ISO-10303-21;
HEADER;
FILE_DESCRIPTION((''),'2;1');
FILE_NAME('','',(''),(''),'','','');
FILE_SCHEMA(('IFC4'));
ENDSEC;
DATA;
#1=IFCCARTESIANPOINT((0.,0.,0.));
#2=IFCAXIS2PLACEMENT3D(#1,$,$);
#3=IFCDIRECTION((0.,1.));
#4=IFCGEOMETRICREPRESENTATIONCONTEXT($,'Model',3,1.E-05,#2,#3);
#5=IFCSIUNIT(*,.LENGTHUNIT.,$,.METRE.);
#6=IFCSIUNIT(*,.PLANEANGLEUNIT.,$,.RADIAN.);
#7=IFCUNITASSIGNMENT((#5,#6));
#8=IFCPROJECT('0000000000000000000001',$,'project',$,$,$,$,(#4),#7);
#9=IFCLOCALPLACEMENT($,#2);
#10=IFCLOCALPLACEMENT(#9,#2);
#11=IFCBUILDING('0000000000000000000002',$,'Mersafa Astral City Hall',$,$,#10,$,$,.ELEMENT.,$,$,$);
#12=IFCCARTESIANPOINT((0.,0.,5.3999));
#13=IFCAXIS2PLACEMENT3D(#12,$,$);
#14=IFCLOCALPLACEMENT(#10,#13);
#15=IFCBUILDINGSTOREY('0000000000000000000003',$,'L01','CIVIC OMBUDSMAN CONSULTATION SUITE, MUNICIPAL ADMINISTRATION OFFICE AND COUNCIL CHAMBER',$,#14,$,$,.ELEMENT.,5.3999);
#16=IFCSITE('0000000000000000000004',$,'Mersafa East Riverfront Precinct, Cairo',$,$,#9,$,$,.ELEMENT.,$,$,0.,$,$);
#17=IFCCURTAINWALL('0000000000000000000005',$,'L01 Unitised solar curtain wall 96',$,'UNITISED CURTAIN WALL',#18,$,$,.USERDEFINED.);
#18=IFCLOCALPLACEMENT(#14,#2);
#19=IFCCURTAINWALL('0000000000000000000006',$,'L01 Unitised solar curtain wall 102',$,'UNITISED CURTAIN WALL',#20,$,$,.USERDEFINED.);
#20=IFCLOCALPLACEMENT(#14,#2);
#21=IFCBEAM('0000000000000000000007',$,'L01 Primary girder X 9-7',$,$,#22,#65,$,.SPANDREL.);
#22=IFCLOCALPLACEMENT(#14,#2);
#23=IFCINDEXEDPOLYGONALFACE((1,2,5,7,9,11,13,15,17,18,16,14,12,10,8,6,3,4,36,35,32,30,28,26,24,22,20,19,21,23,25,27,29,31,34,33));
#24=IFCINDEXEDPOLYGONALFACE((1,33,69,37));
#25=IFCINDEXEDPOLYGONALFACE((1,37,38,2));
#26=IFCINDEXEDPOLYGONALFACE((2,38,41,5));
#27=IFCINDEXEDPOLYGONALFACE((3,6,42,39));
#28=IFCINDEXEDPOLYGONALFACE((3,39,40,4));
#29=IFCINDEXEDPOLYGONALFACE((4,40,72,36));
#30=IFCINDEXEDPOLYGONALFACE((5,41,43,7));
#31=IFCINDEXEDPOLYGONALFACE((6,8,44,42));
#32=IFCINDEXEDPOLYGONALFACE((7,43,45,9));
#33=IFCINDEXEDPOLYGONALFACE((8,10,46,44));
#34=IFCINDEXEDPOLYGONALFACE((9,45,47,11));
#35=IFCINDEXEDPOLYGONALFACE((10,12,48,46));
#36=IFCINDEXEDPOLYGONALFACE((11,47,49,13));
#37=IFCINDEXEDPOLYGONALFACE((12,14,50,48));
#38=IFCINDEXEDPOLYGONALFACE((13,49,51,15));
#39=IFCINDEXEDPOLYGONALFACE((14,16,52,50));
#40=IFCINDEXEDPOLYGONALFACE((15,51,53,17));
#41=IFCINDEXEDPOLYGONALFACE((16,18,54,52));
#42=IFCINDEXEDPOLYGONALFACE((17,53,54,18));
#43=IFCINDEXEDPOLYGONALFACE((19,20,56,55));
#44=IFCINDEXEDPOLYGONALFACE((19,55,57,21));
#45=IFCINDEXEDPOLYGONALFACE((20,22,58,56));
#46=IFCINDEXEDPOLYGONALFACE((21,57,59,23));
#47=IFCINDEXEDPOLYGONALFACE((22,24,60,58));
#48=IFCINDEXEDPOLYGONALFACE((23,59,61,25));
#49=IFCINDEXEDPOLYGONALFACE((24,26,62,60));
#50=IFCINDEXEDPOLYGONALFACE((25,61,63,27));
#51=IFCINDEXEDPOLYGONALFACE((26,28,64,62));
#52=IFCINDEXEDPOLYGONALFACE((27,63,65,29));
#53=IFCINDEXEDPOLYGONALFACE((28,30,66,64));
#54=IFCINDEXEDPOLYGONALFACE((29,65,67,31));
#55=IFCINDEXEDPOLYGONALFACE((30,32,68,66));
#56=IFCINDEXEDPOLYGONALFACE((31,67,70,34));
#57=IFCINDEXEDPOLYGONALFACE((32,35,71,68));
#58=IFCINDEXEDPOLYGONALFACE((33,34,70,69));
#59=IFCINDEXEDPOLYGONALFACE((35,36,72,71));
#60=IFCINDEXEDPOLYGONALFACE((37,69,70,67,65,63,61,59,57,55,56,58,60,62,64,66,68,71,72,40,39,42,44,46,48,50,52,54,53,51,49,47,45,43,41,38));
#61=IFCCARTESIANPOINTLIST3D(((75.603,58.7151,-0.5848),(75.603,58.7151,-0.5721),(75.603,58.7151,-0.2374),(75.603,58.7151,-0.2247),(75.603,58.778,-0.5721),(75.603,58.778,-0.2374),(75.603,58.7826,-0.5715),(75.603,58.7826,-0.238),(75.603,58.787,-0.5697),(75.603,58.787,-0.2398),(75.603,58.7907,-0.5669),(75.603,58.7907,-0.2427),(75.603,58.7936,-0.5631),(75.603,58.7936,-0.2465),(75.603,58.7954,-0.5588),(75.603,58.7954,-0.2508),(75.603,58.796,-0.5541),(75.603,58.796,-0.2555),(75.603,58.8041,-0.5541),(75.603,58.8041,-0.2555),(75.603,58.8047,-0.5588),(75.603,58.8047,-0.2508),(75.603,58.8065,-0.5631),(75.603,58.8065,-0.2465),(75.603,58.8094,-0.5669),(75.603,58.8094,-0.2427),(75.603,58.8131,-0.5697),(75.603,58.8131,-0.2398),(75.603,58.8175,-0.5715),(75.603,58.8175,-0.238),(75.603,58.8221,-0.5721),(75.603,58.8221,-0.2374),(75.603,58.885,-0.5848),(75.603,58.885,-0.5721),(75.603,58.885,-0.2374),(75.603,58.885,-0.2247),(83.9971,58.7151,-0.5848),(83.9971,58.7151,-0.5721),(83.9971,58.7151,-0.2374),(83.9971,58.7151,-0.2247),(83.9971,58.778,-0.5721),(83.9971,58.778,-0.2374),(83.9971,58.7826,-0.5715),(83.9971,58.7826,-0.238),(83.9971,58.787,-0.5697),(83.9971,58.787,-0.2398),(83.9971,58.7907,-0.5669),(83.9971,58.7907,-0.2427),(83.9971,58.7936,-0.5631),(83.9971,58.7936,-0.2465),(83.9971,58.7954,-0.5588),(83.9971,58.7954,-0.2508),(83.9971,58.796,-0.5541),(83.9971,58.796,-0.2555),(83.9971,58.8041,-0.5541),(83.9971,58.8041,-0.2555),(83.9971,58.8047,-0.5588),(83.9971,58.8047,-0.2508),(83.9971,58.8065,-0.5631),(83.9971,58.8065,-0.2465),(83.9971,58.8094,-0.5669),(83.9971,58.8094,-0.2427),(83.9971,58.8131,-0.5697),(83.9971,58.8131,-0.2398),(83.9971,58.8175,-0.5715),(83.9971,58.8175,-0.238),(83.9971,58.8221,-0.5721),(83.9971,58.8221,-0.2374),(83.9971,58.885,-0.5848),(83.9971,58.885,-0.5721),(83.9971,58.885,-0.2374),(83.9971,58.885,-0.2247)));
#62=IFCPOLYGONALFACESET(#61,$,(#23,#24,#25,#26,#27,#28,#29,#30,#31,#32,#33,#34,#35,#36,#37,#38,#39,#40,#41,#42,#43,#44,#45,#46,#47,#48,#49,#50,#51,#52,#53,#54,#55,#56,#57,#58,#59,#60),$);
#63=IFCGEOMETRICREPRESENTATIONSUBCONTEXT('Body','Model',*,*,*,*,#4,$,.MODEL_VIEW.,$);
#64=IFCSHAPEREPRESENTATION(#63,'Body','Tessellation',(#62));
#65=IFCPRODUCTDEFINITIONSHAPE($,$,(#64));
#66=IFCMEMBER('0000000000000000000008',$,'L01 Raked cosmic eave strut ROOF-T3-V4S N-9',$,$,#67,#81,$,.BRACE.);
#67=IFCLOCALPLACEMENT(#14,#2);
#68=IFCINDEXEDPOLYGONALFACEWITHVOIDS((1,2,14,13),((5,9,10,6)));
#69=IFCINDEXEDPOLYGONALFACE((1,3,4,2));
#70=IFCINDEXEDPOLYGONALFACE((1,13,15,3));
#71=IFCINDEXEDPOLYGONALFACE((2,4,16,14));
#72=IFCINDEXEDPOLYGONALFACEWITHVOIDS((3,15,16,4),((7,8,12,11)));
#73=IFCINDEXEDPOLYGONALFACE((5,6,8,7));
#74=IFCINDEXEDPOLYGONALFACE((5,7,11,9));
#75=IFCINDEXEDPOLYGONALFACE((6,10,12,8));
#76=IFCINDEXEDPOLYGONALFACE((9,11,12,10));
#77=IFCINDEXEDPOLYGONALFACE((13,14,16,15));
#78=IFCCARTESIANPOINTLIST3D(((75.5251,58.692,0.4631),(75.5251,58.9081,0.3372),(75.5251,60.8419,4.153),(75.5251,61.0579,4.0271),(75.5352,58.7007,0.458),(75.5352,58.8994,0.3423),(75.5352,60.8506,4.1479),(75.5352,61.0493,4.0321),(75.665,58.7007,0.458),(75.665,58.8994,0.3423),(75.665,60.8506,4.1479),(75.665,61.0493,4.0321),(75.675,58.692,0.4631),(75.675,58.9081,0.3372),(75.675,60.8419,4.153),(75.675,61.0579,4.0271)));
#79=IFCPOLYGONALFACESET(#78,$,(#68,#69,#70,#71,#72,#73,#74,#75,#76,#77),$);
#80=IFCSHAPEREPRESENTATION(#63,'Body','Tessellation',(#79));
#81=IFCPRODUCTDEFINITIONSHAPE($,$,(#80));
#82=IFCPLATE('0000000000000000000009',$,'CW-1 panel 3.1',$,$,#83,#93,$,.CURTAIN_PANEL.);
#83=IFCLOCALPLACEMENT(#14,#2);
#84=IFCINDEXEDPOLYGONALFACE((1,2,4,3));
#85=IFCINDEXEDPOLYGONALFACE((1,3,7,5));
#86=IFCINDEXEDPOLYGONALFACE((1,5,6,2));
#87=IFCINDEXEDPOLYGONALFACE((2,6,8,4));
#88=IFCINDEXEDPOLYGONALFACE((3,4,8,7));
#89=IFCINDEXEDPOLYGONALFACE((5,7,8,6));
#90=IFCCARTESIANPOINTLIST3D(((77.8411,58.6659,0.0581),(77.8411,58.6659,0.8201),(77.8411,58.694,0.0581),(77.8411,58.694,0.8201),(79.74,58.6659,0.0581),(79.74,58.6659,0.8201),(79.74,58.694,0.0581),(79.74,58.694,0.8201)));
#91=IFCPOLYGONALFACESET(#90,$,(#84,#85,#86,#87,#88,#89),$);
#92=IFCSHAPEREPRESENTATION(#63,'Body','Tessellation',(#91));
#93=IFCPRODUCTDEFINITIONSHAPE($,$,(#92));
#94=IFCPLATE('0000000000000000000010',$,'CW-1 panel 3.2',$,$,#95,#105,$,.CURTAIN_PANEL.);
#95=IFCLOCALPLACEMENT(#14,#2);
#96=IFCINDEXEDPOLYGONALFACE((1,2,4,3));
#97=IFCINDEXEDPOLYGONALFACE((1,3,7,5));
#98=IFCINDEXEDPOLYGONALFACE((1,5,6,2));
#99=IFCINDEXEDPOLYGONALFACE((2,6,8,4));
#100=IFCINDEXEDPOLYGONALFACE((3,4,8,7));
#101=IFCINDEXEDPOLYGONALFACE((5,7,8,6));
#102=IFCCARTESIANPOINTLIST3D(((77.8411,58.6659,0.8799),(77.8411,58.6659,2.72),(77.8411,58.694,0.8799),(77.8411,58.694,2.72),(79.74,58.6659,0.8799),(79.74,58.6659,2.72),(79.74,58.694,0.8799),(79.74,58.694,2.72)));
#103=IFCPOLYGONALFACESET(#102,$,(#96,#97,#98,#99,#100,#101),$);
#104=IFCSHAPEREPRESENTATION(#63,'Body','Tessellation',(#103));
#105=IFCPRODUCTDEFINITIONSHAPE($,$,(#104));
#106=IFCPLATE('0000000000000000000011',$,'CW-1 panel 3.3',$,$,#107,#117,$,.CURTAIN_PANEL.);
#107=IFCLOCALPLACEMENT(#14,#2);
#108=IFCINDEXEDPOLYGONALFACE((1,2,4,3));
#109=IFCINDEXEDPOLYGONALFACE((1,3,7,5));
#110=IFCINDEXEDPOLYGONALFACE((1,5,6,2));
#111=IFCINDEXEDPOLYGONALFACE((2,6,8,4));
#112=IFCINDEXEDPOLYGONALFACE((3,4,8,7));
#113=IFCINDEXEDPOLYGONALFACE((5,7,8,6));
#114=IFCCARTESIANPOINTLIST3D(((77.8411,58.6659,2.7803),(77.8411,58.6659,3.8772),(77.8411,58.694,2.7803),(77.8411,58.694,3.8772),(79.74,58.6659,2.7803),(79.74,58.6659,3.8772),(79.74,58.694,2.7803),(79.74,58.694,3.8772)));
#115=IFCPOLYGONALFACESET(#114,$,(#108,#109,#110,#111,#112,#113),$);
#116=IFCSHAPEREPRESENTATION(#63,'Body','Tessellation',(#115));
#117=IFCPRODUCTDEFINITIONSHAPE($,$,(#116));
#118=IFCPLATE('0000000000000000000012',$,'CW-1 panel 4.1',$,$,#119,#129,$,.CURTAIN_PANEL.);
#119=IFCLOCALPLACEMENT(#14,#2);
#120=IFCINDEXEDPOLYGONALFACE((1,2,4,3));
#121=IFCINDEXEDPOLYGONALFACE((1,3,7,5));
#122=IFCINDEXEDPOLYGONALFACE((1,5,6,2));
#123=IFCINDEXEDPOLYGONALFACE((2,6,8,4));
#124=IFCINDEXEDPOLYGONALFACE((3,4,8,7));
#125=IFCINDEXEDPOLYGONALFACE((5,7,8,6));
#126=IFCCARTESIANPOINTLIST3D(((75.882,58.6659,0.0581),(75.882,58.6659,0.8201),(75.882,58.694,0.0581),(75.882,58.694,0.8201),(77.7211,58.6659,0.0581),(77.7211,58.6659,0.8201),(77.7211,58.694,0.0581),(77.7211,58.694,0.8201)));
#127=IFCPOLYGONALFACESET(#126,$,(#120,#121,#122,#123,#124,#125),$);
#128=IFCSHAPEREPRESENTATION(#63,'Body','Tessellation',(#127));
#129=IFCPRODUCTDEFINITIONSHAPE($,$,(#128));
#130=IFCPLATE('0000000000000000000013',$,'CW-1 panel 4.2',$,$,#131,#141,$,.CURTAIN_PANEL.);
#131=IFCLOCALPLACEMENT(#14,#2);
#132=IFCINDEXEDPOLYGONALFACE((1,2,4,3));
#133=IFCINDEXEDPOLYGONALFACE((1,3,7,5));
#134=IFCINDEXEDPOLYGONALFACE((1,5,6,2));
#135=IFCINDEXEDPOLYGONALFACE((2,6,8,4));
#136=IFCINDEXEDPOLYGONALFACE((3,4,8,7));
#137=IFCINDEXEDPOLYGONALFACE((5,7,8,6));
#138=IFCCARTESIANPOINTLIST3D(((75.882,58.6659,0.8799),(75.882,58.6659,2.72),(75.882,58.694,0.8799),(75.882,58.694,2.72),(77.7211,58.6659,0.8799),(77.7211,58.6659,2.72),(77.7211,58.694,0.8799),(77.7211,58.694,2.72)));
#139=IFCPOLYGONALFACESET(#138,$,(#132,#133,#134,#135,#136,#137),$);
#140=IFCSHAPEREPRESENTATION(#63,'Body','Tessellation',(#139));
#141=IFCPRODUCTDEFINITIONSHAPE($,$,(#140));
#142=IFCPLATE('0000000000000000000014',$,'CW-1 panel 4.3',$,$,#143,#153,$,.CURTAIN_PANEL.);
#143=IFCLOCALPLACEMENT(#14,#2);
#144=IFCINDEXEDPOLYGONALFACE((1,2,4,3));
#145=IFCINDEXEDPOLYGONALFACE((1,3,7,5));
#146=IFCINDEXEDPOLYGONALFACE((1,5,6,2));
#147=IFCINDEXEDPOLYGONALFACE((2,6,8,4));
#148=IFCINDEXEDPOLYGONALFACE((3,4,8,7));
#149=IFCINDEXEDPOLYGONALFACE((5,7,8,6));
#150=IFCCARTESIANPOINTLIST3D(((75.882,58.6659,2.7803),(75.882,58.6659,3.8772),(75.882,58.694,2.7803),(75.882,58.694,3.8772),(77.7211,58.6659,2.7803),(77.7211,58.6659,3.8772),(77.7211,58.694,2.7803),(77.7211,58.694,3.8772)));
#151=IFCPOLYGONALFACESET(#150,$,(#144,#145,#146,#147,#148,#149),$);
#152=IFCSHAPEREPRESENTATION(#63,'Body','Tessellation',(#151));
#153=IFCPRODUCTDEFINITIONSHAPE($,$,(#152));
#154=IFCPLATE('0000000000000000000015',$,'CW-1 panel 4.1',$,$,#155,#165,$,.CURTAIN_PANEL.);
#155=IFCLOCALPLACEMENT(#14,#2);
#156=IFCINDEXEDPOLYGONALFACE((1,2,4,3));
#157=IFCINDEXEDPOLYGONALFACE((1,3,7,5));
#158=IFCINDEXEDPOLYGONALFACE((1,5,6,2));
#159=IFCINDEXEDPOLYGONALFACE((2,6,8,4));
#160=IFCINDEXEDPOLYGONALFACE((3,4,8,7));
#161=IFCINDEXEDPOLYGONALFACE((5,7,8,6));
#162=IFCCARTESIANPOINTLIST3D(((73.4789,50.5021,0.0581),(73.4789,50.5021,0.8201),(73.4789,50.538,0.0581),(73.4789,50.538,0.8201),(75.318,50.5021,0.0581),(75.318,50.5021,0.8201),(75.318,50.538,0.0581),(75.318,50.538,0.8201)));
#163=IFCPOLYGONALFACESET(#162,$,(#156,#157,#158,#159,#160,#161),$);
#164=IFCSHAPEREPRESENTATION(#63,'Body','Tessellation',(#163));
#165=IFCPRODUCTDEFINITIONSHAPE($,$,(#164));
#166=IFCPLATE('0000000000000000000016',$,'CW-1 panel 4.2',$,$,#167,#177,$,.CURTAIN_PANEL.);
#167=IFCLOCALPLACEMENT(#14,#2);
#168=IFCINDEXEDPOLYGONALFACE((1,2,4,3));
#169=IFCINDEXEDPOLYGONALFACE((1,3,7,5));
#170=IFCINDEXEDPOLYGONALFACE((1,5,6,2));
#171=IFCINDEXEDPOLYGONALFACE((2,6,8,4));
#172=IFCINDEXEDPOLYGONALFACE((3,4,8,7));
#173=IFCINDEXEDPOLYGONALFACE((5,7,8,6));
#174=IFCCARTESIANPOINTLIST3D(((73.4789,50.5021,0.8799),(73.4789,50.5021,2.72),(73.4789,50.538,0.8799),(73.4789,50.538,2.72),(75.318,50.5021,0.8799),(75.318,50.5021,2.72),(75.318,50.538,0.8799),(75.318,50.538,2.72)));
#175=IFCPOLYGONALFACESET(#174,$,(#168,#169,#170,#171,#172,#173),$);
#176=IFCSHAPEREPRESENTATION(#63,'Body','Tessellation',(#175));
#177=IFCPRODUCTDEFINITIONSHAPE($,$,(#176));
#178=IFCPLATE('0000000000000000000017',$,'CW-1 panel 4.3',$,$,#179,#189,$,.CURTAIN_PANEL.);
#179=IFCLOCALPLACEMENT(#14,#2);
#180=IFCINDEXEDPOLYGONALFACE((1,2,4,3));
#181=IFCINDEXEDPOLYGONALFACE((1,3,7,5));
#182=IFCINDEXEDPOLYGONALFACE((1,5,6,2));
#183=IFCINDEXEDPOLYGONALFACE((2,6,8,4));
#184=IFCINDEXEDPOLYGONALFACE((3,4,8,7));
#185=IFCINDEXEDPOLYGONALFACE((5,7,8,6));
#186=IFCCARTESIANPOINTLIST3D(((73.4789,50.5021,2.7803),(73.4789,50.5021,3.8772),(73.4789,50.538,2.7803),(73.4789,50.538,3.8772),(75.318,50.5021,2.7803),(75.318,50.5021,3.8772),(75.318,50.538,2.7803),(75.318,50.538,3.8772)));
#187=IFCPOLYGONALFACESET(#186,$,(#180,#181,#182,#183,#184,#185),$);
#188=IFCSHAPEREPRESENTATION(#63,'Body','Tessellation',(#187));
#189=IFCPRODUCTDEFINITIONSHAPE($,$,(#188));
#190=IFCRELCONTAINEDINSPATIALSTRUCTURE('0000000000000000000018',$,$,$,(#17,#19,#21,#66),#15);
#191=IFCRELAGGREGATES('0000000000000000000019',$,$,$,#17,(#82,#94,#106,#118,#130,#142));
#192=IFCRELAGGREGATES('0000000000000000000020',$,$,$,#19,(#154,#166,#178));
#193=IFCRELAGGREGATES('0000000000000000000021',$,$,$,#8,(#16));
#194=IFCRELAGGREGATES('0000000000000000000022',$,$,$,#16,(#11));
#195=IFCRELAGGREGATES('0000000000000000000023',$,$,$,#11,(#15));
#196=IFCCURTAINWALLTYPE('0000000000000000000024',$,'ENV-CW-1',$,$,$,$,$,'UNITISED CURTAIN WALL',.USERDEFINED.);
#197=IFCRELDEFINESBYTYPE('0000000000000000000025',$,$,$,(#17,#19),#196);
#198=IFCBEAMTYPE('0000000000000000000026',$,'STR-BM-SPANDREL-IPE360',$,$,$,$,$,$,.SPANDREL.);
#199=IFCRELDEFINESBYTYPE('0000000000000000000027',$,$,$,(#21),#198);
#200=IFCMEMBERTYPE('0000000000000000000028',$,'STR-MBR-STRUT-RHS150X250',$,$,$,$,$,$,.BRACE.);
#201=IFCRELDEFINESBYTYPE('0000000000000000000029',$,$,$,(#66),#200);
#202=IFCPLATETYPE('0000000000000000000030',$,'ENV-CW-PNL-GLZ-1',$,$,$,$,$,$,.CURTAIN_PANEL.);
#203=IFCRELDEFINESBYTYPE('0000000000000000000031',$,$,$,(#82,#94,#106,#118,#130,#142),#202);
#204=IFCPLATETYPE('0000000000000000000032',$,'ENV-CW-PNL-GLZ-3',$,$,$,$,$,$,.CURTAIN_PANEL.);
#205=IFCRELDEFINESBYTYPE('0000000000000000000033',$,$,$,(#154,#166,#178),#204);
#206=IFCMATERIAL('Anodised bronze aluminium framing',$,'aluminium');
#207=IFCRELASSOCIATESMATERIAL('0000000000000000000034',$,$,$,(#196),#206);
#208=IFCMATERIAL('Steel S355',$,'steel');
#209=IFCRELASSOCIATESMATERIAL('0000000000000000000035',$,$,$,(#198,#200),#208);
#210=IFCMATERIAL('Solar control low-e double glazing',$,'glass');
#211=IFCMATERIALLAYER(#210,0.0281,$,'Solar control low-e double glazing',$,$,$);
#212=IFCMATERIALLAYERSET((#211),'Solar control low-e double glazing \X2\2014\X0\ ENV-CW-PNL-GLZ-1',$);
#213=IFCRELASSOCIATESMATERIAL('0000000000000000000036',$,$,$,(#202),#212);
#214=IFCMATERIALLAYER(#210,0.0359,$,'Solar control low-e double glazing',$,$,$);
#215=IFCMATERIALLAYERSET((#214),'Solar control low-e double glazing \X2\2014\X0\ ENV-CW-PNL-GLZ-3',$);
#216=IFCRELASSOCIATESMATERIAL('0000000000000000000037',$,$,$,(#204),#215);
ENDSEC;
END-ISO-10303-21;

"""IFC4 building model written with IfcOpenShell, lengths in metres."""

from ifc_helpers import new_model, si_unit, direction, frame, origin, origin_2d, place, context, subcontext, project, spatial, rectangle, hollow_rectangle, i_section, extrude, material, layer, layer_set, material_profile, profile_set, type_object, element, aggregate, save


model = new_model("IFC4")

# Units and contexts
model_context = context("Model", 3, precision=1e-05, world=origin(), true_north=direction((0.0, 1.0)))
body_context = subcontext(model_context, "Body", "Model", "MODEL_VIEW")
ifc_project = project(units=[si_unit("LENGTHUNIT", "METRE"), si_unit("PLANEANGLEUNIT", "RADIAN")], contexts=[model_context])

# Site, building, storey
site_placement = place(None, origin())
site = spatial("IfcSite", under=ifc_project, at=site_placement, Name="Mersafa East Riverfront Precinct, Cairo", CompositionType="ELEMENT", RefElevation=0.0)
building_placement = place(site_placement, origin())
building = spatial("IfcBuilding", under=site, at=building_placement, Name="Mersafa Astral City Hall", CompositionType="ELEMENT")
storey_placement = place(building_placement, frame((0.0, 0.0, 5.3999)))
storey = spatial("IfcBuildingStorey", under=building, at=storey_placement, Name="L01", Description="CIVIC OMBUDSMAN CONSULTATION SUITE, MUNICIPAL ADMINISTRATION OFFICE AND COUNCIL CHAMBER", CompositionType="ELEMENT", Elevation=5.3999)

# Shared definitions
ifc_material_1 = material(Name="Steel S355", Category="steel")

# Curtain walls
ifc_material_2 = material(Name="Anodised bronze aluminium framing", Category="aluminium")
curtain_wall_type = type_object("IfcCurtainWallType", Name="ENV-CW-1", ElementType="UNITISED CURTAIN WALL", PredefinedType="USERDEFINED", material=ifc_material_2)
curtain_wall_1_placement = place(storey_placement, origin())
curtain_wall_1 = element("IfcCurtainWall", 1, at=curtain_wall_1_placement, inside=storey, type_object=curtain_wall_type, Name="L01 Unitised solar curtain wall 96", ObjectType="UNITISED CURTAIN WALL", PredefinedType="USERDEFINED")
curtain_wall_2_placement = place(storey_placement, origin())
curtain_wall_2 = element("IfcCurtainWall", 2, at=curtain_wall_2_placement, inside=storey, type_object=curtain_wall_type, Name="L01 Unitised solar curtain wall 102", ObjectType="UNITISED CURTAIN WALL", PredefinedType="USERDEFINED")

# Beam
ifc_material_profile_1 = material_profile(ifc_material_1, i_section(OverallWidth=0.1699, OverallDepth=0.3601, WebThickness=0.0081, FlangeThickness=0.0127, FilletRadius=0.0181, at=origin_2d()), Name="IPE 360")
ifc_profile_set_1 = profile_set([ifc_material_profile_1], Name="Steel S355")
beam_type_1 = type_object("IfcBeamType", Name="STR-BM-SPANDREL-IPE360", PredefinedType="SPANDREL", material=ifc_profile_set_1)
beam_1_placement = place(storey_placement, frame((75.603, 58.8, -0.4048), z_axis=(1.0, 0.0, 0.0), x_axis=(0.0, 1.0, 0.0)))
element("IfcBeam", 3, at=beam_1_placement, inside=storey, type_object=beam_type_1, Name="L01 Primary girder X 9-7", PredefinedType="SPANDREL", context=body_context, shape_type="SweptSolid", body=[
    extrude(i_section(OverallWidth=0.1699, OverallDepth=0.3601, WebThickness=0.0081, FlangeThickness=0.0127, FilletRadius=0.0181, at=origin_2d()), origin(), (0.0, 0.0, 1.0), 8.394),
])

# Member
ifc_material_profile_2 = material_profile(ifc_material_1, hollow_rectangle(XDim=0.1499, YDim=0.25, WallThickness=0.01, at=origin_2d()), Name="RHS 150x250x10")
ifc_profile_set_2 = profile_set([ifc_material_profile_2], Name="Steel S355")
member_type_1 = type_object("IfcMemberType", Name="STR-MBR-STRUT-RHS150X250", PredefinedType="BRACE", material=ifc_profile_set_2)
member_1_placement = place(storey_placement, frame((75.6001, 58.8, 0.4001), z_axis=(0.0, 0.503423, 0.86404), x_axis=(-1.0, 0.0, 0.0)))
element("IfcMember", 4, at=member_1_placement, inside=storey, type_object=member_type_1, Name="L01 Raked cosmic eave strut ROOF-T3-V4S N-9", PredefinedType="BRACE", context=body_context, shape_type="SweptSolid", body=[
    extrude(hollow_rectangle(XDim=0.1499, YDim=0.25, WallThickness=0.01, at=origin_2d()), origin(), (0.0, 0.0, 1.0), 4.2705),
])

# Plates
ifc_material_3 = material(Name="Solar control low-e double glazing", Category="glass")
ifc_layer_1 = layer(ifc_material_3, 0.0281, Name="Solar control low-e double glazing")
ifc_layer_set_1 = layer_set([ifc_layer_1], Name="Solar control low-e double glazing — ENV-CW-PNL-GLZ-1")
plate_type_1 = type_object("IfcPlateType", Name="ENV-CW-PNL-GLZ-1", PredefinedType="CURTAIN_PANEL", material=ifc_layer_set_1)
plate_1_placement = place(storey_placement, frame((78.7905, 58.6799, 0.0581), z_axis=(0.0, 0.0, 1.0), x_axis=(-1.0, 0.0, 0.0)))
plate_1 = element("IfcPlate", 5, at=plate_1_placement, type_object=plate_type_1, Name="CW-1 panel 3.1", PredefinedType="CURTAIN_PANEL", context=body_context, shape_type="SweptSolid", body=[
    extrude(rectangle(XDim=1.8989, YDim=0.0281, at=origin_2d()), origin(), (0.0, 0.0, 1.0), 0.762),
])
plate_2_placement = place(storey_placement, frame((78.7905, 58.6799, 0.8799), z_axis=(0.0, 0.0, 1.0), x_axis=(-1.0, 0.0, 0.0)))
plate_2 = element("IfcPlate", 6, at=plate_2_placement, type_object=plate_type_1, Name="CW-1 panel 3.2", PredefinedType="CURTAIN_PANEL", context=body_context, shape_type="SweptSolid", body=[
    extrude(rectangle(XDim=1.8989, YDim=0.0281, at=origin_2d()), origin(), (0.0, 0.0, 1.0), 1.8401),
])
plate_3_placement = place(storey_placement, frame((78.7905, 58.6799, 2.7803), z_axis=(0.0, 0.0, 1.0), x_axis=(-1.0, 0.0, 0.0)))
plate_3 = element("IfcPlate", 7, at=plate_3_placement, type_object=plate_type_1, Name="CW-1 panel 3.3", PredefinedType="CURTAIN_PANEL", context=body_context, shape_type="SweptSolid", body=[
    extrude(rectangle(XDim=1.8989, YDim=0.0281, at=origin_2d()), origin(), (0.0, 0.0, 1.0), 1.0969),
])
plate_4_placement = place(storey_placement, frame((76.8015, 58.6799, 0.0581), z_axis=(0.0, 0.0, 1.0), x_axis=(-1.0, 0.0, 0.0)))
plate_4 = element("IfcPlate", 8, at=plate_4_placement, type_object=plate_type_1, Name="CW-1 panel 4.1", PredefinedType="CURTAIN_PANEL", context=body_context, shape_type="SweptSolid", body=[
    extrude(rectangle(XDim=1.8391, YDim=0.0281, at=origin_2d()), origin(), (0.0, 0.0, 1.0), 0.762),
])
plate_5_placement = place(storey_placement, frame((76.8015, 58.6799, 0.8799), z_axis=(0.0, 0.0, 1.0), x_axis=(-1.0, 0.0, 0.0)))
plate_5 = element("IfcPlate", 9, at=plate_5_placement, type_object=plate_type_1, Name="CW-1 panel 4.2", PredefinedType="CURTAIN_PANEL", context=body_context, shape_type="SweptSolid", body=[
    extrude(rectangle(XDim=1.8391, YDim=0.0281, at=origin_2d()), origin(), (0.0, 0.0, 1.0), 1.8401),
])
plate_6_placement = place(storey_placement, frame((76.8015, 58.6799, 2.7803), z_axis=(0.0, 0.0, 1.0), x_axis=(-1.0, 0.0, 0.0)))
plate_6 = element("IfcPlate", 10, at=plate_6_placement, type_object=plate_type_1, Name="CW-1 panel 4.3", PredefinedType="CURTAIN_PANEL", context=body_context, shape_type="SweptSolid", body=[
    extrude(rectangle(XDim=1.8391, YDim=0.0281, at=origin_2d()), origin(), (0.0, 0.0, 1.0), 1.0969),
])
aggregate(curtain_wall_1, [plate_1, plate_2, plate_3, plate_4, plate_5, plate_6])
ifc_layer_2 = layer(ifc_material_3, 0.0359, Name="Solar control low-e double glazing")
ifc_layer_set_2 = layer_set([ifc_layer_2], Name="Solar control low-e double glazing — ENV-CW-PNL-GLZ-3")
plate_type_2 = type_object("IfcPlateType", Name="ENV-CW-PNL-GLZ-3", PredefinedType="CURTAIN_PANEL", material=ifc_layer_set_2)
plate_7_placement = place(storey_placement, frame((74.3984, 50.52, 0.0581), z_axis=(0.0, 0.0, 1.0), x_axis=(1.0, 0.0, 0.0)))
plate_7 = element("IfcPlate", 11, at=plate_7_placement, type_object=plate_type_2, Name="CW-1 panel 4.1", PredefinedType="CURTAIN_PANEL", context=body_context, shape_type="SweptSolid", body=[
    extrude(rectangle(XDim=1.8391, YDim=0.0359, at=origin_2d()), origin(), (0.0, 0.0, 1.0), 0.762),
])
plate_8_placement = place(storey_placement, frame((74.3984, 50.52, 0.8799), z_axis=(0.0, 0.0, 1.0), x_axis=(1.0, 0.0, 0.0)))
plate_8 = element("IfcPlate", 12, at=plate_8_placement, type_object=plate_type_2, Name="CW-1 panel 4.2", PredefinedType="CURTAIN_PANEL", context=body_context, shape_type="SweptSolid", body=[
    extrude(rectangle(XDim=1.8391, YDim=0.0359, at=origin_2d()), origin(), (0.0, 0.0, 1.0), 1.8401),
])
plate_9_placement = place(storey_placement, frame((74.3984, 50.52, 2.7803), z_axis=(0.0, 0.0, 1.0), x_axis=(1.0, 0.0, 0.0)))
plate_9 = element("IfcPlate", 13, at=plate_9_placement, type_object=plate_type_2, Name="CW-1 panel 4.3", PredefinedType="CURTAIN_PANEL", context=body_context, shape_type="SweptSolid", body=[
    extrude(rectangle(XDim=1.8391, YDim=0.0359, at=origin_2d()), origin(), (0.0, 0.0, 1.0), 1.0969),
])
aggregate(curtain_wall_2, [plate_7, plate_8, plate_9])

save(model, "model.ifc")
